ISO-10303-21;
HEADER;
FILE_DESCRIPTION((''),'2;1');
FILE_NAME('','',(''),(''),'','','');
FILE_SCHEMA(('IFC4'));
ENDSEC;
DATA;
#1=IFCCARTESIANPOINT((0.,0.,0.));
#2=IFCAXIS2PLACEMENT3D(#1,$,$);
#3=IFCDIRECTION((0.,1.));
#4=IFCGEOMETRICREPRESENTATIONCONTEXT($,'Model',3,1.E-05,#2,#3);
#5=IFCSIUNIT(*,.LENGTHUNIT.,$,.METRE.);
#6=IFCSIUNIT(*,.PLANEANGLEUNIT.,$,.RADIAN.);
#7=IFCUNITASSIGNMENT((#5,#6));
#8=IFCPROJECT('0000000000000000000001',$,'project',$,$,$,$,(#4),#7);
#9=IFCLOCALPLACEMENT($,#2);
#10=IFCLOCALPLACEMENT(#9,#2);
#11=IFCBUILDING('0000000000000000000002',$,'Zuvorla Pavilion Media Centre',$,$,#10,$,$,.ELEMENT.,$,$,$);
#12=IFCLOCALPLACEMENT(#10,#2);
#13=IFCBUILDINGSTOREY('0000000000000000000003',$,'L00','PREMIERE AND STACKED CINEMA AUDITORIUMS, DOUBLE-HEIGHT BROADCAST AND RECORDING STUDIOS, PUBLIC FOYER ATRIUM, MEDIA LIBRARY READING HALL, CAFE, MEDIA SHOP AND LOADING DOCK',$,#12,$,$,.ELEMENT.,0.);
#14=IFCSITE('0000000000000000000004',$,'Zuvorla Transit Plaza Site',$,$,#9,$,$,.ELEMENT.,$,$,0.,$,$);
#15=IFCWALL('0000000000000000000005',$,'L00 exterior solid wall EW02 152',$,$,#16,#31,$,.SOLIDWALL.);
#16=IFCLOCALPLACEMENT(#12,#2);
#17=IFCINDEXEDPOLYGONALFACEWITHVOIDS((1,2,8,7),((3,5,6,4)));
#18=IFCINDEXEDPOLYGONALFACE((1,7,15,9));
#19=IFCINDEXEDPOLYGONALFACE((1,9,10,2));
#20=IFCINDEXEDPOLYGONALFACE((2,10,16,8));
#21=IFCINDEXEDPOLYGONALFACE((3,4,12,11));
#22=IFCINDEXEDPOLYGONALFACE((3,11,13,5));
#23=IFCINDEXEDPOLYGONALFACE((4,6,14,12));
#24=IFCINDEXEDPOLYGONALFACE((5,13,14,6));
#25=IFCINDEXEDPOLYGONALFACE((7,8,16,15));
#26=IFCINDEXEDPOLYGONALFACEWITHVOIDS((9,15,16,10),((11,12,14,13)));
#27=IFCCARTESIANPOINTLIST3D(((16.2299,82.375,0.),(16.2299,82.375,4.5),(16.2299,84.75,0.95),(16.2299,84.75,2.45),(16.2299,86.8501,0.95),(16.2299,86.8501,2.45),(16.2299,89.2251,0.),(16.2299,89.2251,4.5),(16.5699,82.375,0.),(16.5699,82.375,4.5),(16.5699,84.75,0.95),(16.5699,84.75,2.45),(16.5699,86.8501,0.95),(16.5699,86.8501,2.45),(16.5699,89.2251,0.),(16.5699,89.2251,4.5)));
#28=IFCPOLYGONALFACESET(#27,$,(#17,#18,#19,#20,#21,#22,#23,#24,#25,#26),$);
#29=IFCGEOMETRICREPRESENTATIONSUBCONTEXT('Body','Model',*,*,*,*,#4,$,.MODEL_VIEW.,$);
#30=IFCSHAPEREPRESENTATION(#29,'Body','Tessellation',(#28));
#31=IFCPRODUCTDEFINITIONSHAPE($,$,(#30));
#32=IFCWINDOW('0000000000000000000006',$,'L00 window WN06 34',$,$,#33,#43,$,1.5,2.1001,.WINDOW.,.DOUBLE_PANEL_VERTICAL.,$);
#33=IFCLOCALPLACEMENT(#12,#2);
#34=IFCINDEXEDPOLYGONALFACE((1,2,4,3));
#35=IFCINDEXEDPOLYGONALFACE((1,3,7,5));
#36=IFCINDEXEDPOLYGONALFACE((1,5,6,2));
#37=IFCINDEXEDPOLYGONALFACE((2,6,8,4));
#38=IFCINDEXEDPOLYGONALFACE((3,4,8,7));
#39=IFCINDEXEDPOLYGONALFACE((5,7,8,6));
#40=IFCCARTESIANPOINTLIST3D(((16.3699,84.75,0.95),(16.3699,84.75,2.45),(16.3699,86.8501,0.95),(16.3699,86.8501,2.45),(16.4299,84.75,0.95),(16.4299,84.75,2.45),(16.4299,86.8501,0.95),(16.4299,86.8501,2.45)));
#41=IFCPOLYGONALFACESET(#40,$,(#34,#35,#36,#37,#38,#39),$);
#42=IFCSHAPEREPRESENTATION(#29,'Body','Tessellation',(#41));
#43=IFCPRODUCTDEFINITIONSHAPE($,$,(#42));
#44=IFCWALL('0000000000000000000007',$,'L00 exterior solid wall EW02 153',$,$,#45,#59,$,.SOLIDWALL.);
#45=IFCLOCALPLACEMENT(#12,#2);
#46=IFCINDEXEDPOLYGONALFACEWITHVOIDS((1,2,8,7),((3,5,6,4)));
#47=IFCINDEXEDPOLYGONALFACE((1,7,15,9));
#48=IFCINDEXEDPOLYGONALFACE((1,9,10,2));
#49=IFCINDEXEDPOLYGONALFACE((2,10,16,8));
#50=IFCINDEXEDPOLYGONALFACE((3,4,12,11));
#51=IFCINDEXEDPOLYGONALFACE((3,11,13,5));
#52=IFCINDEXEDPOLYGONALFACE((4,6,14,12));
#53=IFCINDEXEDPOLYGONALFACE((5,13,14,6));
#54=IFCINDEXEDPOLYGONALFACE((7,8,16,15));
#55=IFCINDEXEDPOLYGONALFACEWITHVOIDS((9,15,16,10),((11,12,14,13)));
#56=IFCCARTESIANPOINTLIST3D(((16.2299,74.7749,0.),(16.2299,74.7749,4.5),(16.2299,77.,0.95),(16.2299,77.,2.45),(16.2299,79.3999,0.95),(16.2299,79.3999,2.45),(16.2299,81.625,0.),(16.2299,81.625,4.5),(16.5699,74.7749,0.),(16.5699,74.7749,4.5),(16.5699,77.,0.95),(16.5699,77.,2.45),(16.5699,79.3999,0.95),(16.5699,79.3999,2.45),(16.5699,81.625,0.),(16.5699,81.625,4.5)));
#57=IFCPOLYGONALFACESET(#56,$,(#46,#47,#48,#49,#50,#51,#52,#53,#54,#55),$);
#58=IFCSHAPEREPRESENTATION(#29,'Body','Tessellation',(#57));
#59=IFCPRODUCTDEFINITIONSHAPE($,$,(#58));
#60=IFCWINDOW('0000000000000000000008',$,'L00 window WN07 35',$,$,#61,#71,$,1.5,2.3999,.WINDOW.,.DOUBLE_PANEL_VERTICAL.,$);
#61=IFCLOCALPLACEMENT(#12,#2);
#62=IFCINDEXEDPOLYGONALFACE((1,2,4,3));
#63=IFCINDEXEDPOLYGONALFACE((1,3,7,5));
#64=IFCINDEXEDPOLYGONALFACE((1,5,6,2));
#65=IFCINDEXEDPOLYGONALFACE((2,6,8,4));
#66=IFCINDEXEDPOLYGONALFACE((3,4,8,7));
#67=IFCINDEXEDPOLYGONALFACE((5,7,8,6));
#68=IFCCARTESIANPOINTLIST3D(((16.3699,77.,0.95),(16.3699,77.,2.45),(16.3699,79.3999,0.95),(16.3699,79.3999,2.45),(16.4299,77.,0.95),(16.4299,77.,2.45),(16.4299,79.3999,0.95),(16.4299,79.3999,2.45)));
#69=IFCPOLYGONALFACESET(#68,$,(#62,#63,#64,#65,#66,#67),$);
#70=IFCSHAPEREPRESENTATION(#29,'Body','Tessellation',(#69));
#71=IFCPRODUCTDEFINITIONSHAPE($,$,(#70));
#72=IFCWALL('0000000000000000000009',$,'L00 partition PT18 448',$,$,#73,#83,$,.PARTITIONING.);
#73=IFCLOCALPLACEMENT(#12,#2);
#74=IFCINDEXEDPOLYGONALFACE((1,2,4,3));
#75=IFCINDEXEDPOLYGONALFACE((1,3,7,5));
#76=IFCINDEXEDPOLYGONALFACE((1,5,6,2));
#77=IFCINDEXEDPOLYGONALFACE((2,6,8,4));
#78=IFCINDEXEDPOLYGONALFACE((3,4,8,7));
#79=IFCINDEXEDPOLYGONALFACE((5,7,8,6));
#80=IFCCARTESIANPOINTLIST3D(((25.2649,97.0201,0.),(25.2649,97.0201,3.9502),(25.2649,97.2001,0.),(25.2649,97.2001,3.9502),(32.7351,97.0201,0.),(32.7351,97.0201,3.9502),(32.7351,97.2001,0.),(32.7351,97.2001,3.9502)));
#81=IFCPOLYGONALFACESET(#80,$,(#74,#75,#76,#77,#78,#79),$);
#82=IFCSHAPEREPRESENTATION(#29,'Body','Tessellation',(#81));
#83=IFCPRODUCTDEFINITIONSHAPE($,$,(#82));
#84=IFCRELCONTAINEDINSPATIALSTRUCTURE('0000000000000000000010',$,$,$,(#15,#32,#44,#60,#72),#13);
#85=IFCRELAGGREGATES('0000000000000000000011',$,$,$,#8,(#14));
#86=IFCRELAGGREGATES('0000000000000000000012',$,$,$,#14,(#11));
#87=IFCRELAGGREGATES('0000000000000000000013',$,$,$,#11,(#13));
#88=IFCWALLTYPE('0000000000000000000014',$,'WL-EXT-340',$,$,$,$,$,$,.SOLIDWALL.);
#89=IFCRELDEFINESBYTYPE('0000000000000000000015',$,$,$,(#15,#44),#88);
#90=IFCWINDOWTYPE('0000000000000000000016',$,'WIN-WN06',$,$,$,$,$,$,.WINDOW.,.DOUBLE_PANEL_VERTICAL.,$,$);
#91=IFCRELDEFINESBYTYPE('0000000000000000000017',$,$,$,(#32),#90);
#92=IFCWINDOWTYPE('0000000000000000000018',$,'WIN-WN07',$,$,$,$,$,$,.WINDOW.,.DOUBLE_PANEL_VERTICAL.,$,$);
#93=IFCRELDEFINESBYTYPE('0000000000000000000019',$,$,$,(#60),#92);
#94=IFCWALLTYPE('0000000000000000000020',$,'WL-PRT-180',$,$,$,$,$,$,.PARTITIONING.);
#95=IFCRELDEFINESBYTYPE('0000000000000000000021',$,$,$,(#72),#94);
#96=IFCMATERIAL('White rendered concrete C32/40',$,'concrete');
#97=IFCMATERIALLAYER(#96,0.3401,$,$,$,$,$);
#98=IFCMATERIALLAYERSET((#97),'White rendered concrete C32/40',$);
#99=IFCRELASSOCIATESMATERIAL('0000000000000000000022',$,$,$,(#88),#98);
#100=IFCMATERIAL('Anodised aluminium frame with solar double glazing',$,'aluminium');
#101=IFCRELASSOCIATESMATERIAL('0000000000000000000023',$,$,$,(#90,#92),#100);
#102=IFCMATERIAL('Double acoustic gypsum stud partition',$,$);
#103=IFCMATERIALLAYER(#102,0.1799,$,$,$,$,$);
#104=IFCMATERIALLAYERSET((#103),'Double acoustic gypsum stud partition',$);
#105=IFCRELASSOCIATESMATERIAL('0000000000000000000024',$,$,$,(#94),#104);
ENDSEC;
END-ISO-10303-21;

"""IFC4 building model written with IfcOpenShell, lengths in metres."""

from ifc_helpers import new_model, si_unit, direction, frame, frame_2d, origin, place, context, subcontext, project, spatial, rectangle, extrude, material, layer, layer_set, type_object, element, fill, save


model = new_model("IFC4")

# Units and contexts
model_context = context("Model", 3, precision=1e-05, world=origin(), true_north=direction((0.0, 1.0)))
body_context = subcontext(model_context, "Body", "Model", "MODEL_VIEW")
ifc_project = project(units=[si_unit("LENGTHUNIT", "METRE"), si_unit("PLANEANGLEUNIT", "RADIAN")], contexts=[model_context])

# Site, building, storey
site_placement = place(None, origin())
site = spatial("IfcSite", under=ifc_project, at=site_placement, Name="Zuvorla Transit Plaza Site", CompositionType="ELEMENT", RefElevation=0.0)
building_placement = place(site_placement, origin())
building = spatial("IfcBuilding", under=site, at=building_placement, Name="Zuvorla Pavilion Media Centre", CompositionType="ELEMENT")
storey_placement = place(building_placement, origin())
storey = spatial("IfcBuildingStorey", under=building, at=storey_placement, Name="L00", Description="PREMIERE AND STACKED CINEMA AUDITORIUMS, DOUBLE-HEIGHT BROADCAST AND RECORDING STUDIOS, PUBLIC FOYER ATRIUM, MEDIA LIBRARY READING HALL, CAFE, MEDIA SHOP AND LOADING DOCK", CompositionType="ELEMENT", Elevation=0.0)

# Walls, openings, windows
ifc_material_1 = material(Name="White rendered concrete C32/40", Category="concrete")
ifc_layer_1 = layer(ifc_material_1, 0.3401)
ifc_layer_set_1 = layer_set([ifc_layer_1], Name="White rendered concrete C32/40")
wall_type_1 = type_object("IfcWallType", Name="WL-EXT-340", PredefinedType="SOLIDWALL", material=ifc_layer_set_1)
ifc_material_2 = material(Name="Anodised aluminium frame with solar double glazing", Category="aluminium")
wall_1_placement = place(storey_placement, frame((16.3999, 89.2251, 0.0), z_axis=(0.0, 0.0, 1.0), x_axis=(0.0, -1.0, 0.0)))
wall_1 = element("IfcWall", 1, at=wall_1_placement, inside=storey, type_object=wall_type_1, Name="L00 exterior solid wall EW02 152", PredefinedType="SOLIDWALL", context=body_context, shape_type="SweptSolid", body=[
    extrude(rectangle(XDim=6.8501, YDim=0.3401, at=frame_2d((3.425, 0.0))), origin(), (0.0, 0.0, 1.0), 4.5),
])
opening_1_placement = place(wall_1_placement, frame((2.375, 0.0, 0.95)))
opening_1 = element("IfcOpeningElement", 2, at=opening_1_placement, cuts=wall_1, PredefinedType="OPENING", context=body_context, shape_type="SweptSolid", body=[
    extrude(rectangle(XDim=2.1001, YDim=1.5, at=frame_2d((1.05, 0.75))), frame((0.0, 0.1799, 0.0), z_axis=(0.0, -1.0, 0.0), x_axis=(1.0, 0.0, 0.0)), (0.0, 0.0, 1.0), 0.3601),
])
window_type_1 = type_object("IfcWindowType", Name="WIN-WN06", PartitioningType="DOUBLE_PANEL_VERTICAL", PredefinedType="WINDOW", material=ifc_material_2)
window_1_placement = place(opening_1_placement, origin())
window_1 = element("IfcWindow", 3, at=window_1_placement, inside=storey, type_object=window_type_1, Name="L00 window WN06 34", OverallHeight=1.5, OverallWidth=2.1001, PartitioningType="DOUBLE_PANEL_VERTICAL", PredefinedType="WINDOW", context=body_context, shape_type="SweptSolid", body=[
    extrude(rectangle(XDim=2.1001, YDim=1.5, at=frame_2d((1.05, 0.75))), frame((0.0, 0.03, 0.0), z_axis=(0.0, -1.0, 0.0), x_axis=(1.0, 0.0, 0.0)), (0.0, 0.0, 1.0), 0.0601),
])
fill(opening_1, window_1)
wall_2_placement = place(storey_placement, frame((16.3999, 81.625, 0.0), z_axis=(0.0, 0.0, 1.0), x_axis=(0.0, -1.0, 0.0)))
wall_2 = element("IfcWall", 4, at=wall_2_placement, inside=storey, type_object=wall_type_1, Name="L00 exterior solid wall EW02 153", PredefinedType="SOLIDWALL", context=body_context, shape_type="SweptSolid", body=[
    extrude(rectangle(XDim=6.8501, YDim=0.3401, at=frame_2d((3.425, 0.0))), origin(), (0.0, 0.0, 1.0), 4.5),
])
opening_2_placement = place(wall_2_placement, frame((2.2251, 0.0, 0.95)))
opening_2 = element("IfcOpeningElement", 5, at=opening_2_placement, cuts=wall_2, PredefinedType="OPENING", context=body_context, shape_type="SweptSolid", body=[
    extrude(rectangle(XDim=2.3999, YDim=1.5, at=frame_2d((1.2, 0.75))), frame((0.0, 0.1799, 0.0), z_axis=(0.0, -1.0, 0.0), x_axis=(1.0, 0.0, 0.0)), (0.0, 0.0, 1.0), 0.3601),
])
window_type_2 = type_object("IfcWindowType", Name="WIN-WN07", PartitioningType="DOUBLE_PANEL_VERTICAL", PredefinedType="WINDOW", material=ifc_material_2)
window_2_placement = place(opening_2_placement, origin())
window_2 = element("IfcWindow", 6, at=window_2_placement, inside=storey, type_object=window_type_2, Name="L00 window WN07 35", OverallHeight=1.5, OverallWidth=2.3999, PartitioningType="DOUBLE_PANEL_VERTICAL", PredefinedType="WINDOW", context=body_context, shape_type="SweptSolid", body=[
    extrude(rectangle(XDim=2.3999, YDim=1.5, at=frame_2d((1.2, 0.75))), frame((0.0, 0.03, 0.0), z_axis=(0.0, -1.0, 0.0), x_axis=(1.0, 0.0, 0.0)), (0.0, 0.0, 1.0), 0.0601),
])
fill(opening_2, window_2)

# Wall
ifc_material_3 = material(Name="Double acoustic gypsum stud partition")
ifc_layer_2 = layer(ifc_material_3, 0.1799)
ifc_layer_set_2 = layer_set([ifc_layer_2], Name="Double acoustic gypsum stud partition")
wall_type_2 = type_object("IfcWallType", Name="WL-PRT-180", PredefinedType="PARTITIONING", material=ifc_layer_set_2)
wall_3_placement = place(storey_placement, frame((25.2649, 97.1101, 0.0), z_axis=(0.0, 0.0, 1.0), x_axis=(1.0, 0.0, 0.0)))
element("IfcWall", 7, at=wall_3_placement, inside=storey, type_object=wall_type_2, Name="L00 partition PT18 448", PredefinedType="PARTITIONING", context=body_context, shape_type="SweptSolid", body=[
    extrude(rectangle(XDim=7.4702, YDim=0.1799, at=frame_2d((3.7351, 0.0))), origin(), (0.0, 0.0, 1.0), 3.9502),
])

save(model, "model.ifc")
